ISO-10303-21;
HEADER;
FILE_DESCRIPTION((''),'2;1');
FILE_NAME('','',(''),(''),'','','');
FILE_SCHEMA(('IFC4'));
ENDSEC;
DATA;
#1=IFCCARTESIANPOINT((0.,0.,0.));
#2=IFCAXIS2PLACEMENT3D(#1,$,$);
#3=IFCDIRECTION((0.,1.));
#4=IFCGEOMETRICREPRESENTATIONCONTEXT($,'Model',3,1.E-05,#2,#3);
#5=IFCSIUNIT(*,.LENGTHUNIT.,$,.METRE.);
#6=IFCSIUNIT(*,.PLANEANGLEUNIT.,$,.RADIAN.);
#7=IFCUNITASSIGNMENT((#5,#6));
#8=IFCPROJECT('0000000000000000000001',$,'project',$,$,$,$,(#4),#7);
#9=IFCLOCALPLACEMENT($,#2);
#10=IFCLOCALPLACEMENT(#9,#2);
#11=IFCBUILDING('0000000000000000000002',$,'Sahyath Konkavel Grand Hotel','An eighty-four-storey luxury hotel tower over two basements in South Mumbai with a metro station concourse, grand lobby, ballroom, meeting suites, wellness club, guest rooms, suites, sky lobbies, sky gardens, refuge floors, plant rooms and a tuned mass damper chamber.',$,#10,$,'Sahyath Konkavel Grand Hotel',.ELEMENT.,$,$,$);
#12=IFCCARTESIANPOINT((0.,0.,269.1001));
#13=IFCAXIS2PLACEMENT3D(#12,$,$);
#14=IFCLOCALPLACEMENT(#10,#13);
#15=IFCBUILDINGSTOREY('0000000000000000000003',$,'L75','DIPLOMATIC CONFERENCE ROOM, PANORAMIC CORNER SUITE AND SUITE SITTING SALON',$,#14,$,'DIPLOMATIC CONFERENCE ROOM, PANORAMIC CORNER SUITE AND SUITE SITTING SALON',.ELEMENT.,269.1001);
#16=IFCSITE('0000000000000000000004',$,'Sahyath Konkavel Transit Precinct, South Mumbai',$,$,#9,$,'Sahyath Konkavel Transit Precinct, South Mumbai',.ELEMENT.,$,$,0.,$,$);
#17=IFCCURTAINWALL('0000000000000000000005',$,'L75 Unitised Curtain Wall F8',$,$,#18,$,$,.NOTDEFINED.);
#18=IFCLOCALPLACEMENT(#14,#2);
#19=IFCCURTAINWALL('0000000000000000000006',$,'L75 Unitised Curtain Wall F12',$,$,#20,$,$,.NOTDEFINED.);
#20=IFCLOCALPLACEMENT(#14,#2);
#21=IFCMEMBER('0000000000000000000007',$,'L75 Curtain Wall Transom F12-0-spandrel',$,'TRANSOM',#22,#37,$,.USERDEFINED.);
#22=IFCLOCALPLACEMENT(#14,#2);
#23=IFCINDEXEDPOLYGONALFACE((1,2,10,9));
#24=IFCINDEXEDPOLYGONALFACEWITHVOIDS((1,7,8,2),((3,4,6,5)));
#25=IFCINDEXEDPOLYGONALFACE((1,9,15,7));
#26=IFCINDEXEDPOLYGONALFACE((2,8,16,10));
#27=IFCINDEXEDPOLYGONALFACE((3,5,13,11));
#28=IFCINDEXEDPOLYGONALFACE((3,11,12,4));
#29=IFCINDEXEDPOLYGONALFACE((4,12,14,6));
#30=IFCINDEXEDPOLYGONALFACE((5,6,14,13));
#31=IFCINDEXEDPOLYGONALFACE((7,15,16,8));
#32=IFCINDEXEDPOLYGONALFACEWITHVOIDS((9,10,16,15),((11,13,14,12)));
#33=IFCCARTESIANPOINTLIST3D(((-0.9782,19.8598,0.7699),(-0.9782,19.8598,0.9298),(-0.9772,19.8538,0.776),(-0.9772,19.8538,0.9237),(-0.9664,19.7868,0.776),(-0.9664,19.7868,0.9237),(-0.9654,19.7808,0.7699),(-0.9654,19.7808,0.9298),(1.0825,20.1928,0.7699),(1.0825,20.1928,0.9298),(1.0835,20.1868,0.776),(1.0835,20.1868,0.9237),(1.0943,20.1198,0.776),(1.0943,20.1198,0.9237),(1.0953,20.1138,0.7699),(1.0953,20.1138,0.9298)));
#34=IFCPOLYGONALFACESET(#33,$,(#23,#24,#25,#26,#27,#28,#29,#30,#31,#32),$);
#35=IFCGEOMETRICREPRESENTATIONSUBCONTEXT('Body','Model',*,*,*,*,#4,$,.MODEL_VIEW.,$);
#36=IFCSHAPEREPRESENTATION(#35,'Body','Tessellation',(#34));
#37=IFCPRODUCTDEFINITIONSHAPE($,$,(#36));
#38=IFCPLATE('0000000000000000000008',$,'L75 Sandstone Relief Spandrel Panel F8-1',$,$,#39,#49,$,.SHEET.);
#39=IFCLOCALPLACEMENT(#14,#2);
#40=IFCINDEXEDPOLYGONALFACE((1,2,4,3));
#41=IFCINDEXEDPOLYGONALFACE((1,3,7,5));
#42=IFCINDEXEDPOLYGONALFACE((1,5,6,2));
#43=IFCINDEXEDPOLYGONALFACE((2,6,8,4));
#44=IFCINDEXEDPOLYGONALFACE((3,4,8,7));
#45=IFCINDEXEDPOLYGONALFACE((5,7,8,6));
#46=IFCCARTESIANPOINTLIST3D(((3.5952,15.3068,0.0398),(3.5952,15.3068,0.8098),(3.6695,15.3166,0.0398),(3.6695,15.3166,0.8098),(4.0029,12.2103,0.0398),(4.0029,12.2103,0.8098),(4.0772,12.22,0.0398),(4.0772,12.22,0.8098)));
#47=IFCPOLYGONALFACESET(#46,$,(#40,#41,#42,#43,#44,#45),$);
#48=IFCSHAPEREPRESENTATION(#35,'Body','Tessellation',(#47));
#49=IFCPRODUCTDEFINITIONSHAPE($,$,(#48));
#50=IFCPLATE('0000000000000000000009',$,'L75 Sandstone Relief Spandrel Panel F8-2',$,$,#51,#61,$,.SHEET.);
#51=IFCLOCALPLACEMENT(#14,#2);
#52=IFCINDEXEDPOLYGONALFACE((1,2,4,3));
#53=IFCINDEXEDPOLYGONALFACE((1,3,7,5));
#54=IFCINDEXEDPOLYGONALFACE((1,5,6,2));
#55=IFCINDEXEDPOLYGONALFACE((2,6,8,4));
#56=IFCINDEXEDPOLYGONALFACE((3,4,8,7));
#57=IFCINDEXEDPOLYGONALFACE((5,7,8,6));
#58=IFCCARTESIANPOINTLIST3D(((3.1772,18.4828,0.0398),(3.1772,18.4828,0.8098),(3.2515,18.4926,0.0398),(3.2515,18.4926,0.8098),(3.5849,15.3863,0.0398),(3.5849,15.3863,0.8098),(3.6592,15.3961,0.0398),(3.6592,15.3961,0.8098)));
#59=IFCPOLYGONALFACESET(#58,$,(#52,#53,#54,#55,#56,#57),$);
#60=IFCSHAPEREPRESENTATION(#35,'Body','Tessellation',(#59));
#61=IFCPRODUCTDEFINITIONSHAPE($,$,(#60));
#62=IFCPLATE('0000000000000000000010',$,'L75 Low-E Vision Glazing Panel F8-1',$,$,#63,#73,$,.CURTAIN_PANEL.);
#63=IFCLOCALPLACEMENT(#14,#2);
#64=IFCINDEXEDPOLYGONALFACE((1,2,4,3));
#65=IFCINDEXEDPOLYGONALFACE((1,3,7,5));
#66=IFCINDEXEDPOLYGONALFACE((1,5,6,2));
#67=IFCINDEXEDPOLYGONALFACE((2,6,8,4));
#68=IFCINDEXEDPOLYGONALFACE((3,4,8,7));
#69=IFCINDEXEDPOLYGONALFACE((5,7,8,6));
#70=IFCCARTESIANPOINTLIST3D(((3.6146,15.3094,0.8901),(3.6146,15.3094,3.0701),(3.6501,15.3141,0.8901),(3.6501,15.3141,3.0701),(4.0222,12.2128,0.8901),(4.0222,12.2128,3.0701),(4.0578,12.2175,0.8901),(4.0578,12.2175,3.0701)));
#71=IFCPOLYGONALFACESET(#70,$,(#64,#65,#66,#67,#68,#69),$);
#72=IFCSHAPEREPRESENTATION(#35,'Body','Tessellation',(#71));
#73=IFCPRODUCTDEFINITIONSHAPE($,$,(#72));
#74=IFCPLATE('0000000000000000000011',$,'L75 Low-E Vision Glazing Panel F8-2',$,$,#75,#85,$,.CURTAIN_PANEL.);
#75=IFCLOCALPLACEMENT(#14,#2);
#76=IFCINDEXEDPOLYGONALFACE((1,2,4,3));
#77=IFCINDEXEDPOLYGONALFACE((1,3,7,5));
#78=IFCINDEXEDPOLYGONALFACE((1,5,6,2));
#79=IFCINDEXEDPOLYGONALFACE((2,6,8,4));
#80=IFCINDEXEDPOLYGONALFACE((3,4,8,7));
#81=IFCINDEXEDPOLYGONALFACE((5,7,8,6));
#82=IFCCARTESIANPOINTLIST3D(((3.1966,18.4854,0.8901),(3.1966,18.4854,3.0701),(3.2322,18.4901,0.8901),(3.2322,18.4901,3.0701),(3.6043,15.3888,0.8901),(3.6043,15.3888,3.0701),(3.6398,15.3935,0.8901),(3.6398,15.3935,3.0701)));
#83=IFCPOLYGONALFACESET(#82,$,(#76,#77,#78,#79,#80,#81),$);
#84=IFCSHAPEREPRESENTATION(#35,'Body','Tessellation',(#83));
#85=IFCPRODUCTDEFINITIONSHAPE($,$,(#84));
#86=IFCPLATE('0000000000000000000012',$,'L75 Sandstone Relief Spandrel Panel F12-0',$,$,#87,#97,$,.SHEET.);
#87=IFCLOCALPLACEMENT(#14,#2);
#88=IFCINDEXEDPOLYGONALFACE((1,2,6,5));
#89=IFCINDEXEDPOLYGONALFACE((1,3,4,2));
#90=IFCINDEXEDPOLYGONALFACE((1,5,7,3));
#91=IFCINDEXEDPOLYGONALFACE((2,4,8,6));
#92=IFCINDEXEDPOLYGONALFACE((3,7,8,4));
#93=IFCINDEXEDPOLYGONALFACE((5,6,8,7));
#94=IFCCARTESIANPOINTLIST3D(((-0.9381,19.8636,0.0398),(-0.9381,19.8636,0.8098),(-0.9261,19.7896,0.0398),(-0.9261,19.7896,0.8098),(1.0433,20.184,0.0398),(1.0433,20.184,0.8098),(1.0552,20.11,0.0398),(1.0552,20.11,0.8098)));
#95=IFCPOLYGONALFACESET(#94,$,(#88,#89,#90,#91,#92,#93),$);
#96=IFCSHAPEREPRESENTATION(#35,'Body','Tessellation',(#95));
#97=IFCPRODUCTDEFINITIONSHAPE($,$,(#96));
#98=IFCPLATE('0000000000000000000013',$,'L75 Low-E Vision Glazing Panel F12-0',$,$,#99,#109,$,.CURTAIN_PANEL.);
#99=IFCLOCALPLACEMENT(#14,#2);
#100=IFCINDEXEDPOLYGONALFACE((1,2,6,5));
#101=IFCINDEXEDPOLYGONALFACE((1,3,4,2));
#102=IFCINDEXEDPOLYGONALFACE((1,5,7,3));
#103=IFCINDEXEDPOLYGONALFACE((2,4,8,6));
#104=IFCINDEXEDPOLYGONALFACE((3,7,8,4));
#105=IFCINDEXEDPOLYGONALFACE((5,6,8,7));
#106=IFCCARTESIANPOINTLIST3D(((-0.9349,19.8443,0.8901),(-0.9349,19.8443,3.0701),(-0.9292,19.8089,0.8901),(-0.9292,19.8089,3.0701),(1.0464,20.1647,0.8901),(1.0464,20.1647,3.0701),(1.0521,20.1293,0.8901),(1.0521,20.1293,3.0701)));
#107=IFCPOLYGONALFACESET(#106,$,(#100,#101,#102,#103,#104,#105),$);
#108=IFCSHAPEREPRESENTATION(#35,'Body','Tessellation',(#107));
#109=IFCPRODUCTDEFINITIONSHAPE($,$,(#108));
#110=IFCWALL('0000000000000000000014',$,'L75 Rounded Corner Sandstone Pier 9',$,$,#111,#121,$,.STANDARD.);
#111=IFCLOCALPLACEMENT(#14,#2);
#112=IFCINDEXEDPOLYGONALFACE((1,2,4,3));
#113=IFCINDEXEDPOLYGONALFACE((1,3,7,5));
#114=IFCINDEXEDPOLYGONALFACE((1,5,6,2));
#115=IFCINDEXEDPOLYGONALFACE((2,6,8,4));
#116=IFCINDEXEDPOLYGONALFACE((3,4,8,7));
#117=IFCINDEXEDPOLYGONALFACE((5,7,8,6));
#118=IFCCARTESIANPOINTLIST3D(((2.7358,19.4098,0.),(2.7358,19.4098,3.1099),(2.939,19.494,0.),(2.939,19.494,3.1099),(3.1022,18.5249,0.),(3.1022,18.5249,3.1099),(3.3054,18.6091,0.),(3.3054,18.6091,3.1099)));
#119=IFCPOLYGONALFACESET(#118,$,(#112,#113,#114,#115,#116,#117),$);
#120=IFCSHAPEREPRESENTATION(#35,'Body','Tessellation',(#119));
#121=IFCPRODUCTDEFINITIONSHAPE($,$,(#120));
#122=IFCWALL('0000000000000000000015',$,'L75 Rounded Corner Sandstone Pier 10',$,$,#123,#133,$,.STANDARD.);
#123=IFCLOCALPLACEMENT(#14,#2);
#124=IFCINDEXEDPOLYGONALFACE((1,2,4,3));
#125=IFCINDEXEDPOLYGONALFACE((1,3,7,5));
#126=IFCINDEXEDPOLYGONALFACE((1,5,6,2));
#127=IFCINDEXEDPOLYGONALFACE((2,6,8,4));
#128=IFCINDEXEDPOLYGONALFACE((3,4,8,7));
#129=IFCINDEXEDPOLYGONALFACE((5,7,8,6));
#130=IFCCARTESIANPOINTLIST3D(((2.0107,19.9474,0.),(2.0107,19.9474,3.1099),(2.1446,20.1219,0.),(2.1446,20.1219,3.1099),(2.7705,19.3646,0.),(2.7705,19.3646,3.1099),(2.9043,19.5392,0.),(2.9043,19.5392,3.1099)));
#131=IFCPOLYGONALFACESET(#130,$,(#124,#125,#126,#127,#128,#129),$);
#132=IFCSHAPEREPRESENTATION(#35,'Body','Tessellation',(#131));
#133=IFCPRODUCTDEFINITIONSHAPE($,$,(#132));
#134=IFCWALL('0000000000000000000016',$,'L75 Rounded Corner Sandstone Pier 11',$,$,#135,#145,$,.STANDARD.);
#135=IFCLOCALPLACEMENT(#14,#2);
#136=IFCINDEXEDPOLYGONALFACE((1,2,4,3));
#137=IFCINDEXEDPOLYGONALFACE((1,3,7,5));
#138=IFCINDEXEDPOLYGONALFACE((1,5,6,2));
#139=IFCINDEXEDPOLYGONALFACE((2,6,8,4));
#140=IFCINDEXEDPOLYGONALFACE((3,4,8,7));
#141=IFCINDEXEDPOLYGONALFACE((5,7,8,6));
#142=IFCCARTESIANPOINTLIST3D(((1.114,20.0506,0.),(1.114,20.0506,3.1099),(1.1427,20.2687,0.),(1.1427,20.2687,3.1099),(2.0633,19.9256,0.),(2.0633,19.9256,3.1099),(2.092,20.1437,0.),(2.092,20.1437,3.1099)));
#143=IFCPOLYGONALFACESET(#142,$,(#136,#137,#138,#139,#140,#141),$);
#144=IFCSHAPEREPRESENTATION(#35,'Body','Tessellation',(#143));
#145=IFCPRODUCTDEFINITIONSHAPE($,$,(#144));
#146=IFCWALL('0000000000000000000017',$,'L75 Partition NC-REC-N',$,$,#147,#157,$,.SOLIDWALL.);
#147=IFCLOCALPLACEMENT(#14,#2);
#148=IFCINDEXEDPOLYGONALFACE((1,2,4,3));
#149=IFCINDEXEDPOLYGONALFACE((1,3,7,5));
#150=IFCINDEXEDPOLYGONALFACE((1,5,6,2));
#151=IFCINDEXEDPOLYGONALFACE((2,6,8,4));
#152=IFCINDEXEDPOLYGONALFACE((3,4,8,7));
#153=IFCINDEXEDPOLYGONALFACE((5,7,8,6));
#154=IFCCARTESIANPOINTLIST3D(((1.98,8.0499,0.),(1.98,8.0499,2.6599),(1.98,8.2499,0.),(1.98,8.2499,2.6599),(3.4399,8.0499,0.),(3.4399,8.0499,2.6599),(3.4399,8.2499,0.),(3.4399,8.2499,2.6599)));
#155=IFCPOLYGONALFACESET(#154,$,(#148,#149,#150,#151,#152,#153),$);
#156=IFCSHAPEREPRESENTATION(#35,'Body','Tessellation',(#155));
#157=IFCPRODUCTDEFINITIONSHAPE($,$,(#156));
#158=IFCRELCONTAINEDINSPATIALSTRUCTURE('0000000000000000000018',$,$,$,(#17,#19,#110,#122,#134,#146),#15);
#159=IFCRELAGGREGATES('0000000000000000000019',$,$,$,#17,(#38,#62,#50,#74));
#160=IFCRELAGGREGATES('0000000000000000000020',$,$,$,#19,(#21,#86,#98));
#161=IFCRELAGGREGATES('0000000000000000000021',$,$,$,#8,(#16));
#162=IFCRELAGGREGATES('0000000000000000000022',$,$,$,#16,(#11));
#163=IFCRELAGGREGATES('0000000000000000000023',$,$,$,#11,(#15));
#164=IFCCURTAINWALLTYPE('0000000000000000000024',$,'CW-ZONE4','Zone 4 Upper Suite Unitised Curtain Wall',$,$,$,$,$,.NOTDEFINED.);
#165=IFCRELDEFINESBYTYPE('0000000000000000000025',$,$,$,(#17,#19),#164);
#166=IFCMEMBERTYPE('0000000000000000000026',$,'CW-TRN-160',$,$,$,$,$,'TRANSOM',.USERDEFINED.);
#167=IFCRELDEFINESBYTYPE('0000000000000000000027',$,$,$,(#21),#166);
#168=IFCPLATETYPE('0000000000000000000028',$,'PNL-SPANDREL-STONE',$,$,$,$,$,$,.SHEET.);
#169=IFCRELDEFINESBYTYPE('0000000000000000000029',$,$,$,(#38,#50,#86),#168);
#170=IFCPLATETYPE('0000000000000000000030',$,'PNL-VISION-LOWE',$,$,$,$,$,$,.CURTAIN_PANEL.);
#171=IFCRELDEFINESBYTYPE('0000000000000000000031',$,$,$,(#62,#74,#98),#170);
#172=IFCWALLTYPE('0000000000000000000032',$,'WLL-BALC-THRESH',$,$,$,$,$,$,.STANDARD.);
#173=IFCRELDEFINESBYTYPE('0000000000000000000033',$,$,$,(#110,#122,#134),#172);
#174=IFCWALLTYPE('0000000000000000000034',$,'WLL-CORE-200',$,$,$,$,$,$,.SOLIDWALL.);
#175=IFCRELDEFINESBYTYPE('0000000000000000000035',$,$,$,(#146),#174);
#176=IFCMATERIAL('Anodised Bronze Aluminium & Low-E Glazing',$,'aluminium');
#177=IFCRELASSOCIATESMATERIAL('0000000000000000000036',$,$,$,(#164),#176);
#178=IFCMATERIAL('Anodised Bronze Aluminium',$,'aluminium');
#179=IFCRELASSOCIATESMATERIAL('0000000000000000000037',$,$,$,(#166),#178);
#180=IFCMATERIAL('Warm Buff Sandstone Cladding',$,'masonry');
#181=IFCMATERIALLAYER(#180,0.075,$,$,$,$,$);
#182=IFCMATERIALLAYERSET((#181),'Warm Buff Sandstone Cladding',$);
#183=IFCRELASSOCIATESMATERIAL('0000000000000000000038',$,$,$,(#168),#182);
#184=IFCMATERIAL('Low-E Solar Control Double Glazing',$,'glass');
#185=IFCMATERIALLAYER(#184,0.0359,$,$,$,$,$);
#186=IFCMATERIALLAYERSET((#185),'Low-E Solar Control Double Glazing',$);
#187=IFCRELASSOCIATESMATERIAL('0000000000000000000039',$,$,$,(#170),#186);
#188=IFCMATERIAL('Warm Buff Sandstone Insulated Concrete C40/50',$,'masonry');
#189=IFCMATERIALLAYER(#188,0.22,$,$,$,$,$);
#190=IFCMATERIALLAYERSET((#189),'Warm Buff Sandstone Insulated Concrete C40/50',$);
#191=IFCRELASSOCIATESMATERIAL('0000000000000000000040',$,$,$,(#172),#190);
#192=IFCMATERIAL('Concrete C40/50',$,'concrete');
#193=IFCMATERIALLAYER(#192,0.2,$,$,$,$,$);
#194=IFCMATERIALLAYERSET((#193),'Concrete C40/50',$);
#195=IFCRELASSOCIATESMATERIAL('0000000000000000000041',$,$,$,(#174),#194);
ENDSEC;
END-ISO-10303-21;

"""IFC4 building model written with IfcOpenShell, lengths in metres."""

from ifc_helpers import new_model, si_unit, direction, frame, frame_2d, origin, origin_2d, place, context, subcontext, project, spatial, rectangle, hollow_rectangle, extrude, source, transform, mapped, material, layer, layer_set, material_profile, profile_set, type_object, element, aggregate, save


model = new_model("IFC4")

# Units and contexts
model_context = context("Model", 3, precision=1e-05, world=origin(), true_north=direction((0.0, 1.0)))
body_context = subcontext(model_context, "Body", "Model", "MODEL_VIEW")
ifc_project = project(units=[si_unit("LENGTHUNIT", "METRE"), si_unit("PLANEANGLEUNIT", "RADIAN")], contexts=[model_context])

# Site, building, storey
site_placement = place(None, origin())
site = spatial("IfcSite", under=ifc_project, at=site_placement, Name="Sahyath Konkavel Transit Precinct, South Mumbai", LongName="Sahyath Konkavel Transit Precinct, South Mumbai", CompositionType="ELEMENT", RefElevation=0.0)
building_placement = place(site_placement, origin())
building = spatial("IfcBuilding", under=site, at=building_placement, Name="Sahyath Konkavel Grand Hotel", Description="An eighty-four-storey luxury hotel tower over two basements in South Mumbai with a metro station concourse, grand lobby, ballroom, meeting suites, wellness club, guest rooms, suites, sky lobbies, sky gardens, refuge floors, plant rooms and a tuned mass damper chamber.", LongName="Sahyath Konkavel Grand Hotel", CompositionType="ELEMENT")
storey_placement = place(building_placement, frame((0.0, 0.0, 269.1001)))
storey = spatial("IfcBuildingStorey", under=building, at=storey_placement, Name="L75", Description="DIPLOMATIC CONFERENCE ROOM, PANORAMIC CORNER SUITE AND SUITE SITTING SALON", LongName="DIPLOMATIC CONFERENCE ROOM, PANORAMIC CORNER SUITE AND SUITE SITTING SALON", CompositionType="ELEMENT", Elevation=269.1001)

# Shared definitions
ifc_material_1 = material(Name="Concrete C40/50", Category="concrete")

# Curtain wall
ifc_material_2 = material(Name="Anodised Bronze Aluminium & Low-E Glazing", Category="aluminium")
curtain_wall_type = type_object("IfcCurtainWallType", Name="CW-ZONE4", Description="Zone 4 Upper Suite Unitised Curtain Wall", PredefinedType="NOTDEFINED", material=ifc_material_2)
curtain_wall_1_placement = place(storey_placement, origin())
curtain_wall_1 = element("IfcCurtainWall", 1, at=curtain_wall_1_placement, inside=storey, type_object=curtain_wall_type, Name="L75 Unitised Curtain Wall F8", PredefinedType="NOTDEFINED")
ifc_material_3 = material(Name="Anodised Bronze Aluminium", Category="aluminium")

# Curtain wall
curtain_wall_2_placement = place(storey_placement, origin())
curtain_wall_2 = element("IfcCurtainWall", 2, at=curtain_wall_2_placement, inside=storey, type_object=curtain_wall_type, Name="L75 Unitised Curtain Wall F12", PredefinedType="NOTDEFINED")

# Member
ifc_material_profile_1 = material_profile(ifc_material_3, hollow_rectangle(XDim=0.0801, YDim=0.1599, WallThickness=0.0061, at=origin_2d()), Name="RHS 160x80x6")
ifc_profile_set_1 = profile_set([ifc_material_profile_1], Name="Anodised Bronze Aluminium")
member_type_1 = type_object("IfcMemberType", Name="CW-TRN-160", ElementType="TRANSOM", PredefinedType="USERDEFINED", material=ifc_profile_set_1)
shared_shape_1 = source(origin(), body_context, "Body", "SweptSolid", [
    extrude(hollow_rectangle(XDim=0.0801, YDim=0.1599, WallThickness=0.0061, at=origin_2d()), origin(), (0.0, 0.0, 1.0), 2.0874),
])
member_1_placement = place(storey_placement, frame((1.0889, 20.1533, 0.8499), z_axis=(-0.987191, -0.159541, 0.0), x_axis=(0.159541, -0.987191, 0.0)))
member_1 = element("IfcMember", 3, at=member_1_placement, type_object=member_type_1, Name="L75 Curtain Wall Transom F12-0-spandrel", ObjectType="TRANSOM", PredefinedType="USERDEFINED", context=body_context, shape_type="MappedRepresentation", body=[
    mapped(shared_shape_1, transform((0.0, 0.0, 0.0), scale=1.0)),
])

# Plates
ifc_material_4 = material(Name="Warm Buff Sandstone Cladding", Category="masonry")
ifc_layer_1 = layer(ifc_material_4, 0.075)
ifc_layer_set_1 = layer_set([ifc_layer_1], Name="Warm Buff Sandstone Cladding")
plate_type_1 = type_object("IfcPlateType", Name="PNL-SPANDREL-STONE", PredefinedType="SHEET", material=ifc_layer_set_1)
shared_shape_2 = source(origin(), body_context, "Body", "SweptSolid", [
    extrude(rectangle(XDim=3.1233, YDim=0.075, at=origin_2d()), origin(), (0.0, 0.0, 1.0), 0.77),
])
plate_1_placement = place(storey_placement, frame((3.8362, 13.7634, 0.0398), z_axis=(0.0, 0.0, 1.0), x_axis=(-0.130526, 0.991445, 0.0)))
plate_1 = element("IfcPlate", 4, at=plate_1_placement, type_object=plate_type_1, Name="L75 Sandstone Relief Spandrel Panel F8-1", PredefinedType="SHEET", context=body_context, shape_type="MappedRepresentation", body=[
    mapped(shared_shape_2, transform((0.0, 0.0, 0.0), scale=1.0)),
])
plate_2_placement = place(storey_placement, frame((3.4182, 16.9395, 0.0398), z_axis=(0.0, 0.0, 1.0), x_axis=(-0.130526, 0.991445, 0.0)))
plate_2 = element("IfcPlate", 5, at=plate_2_placement, type_object=plate_type_1, Name="L75 Sandstone Relief Spandrel Panel F8-2", PredefinedType="SHEET", context=body_context, shape_type="MappedRepresentation", body=[
    mapped(shared_shape_2, transform((0.0, 0.0, 0.0), scale=1.0)),
])
ifc_material_5 = material(Name="Low-E Solar Control Double Glazing", Category="glass")
ifc_layer_2 = layer(ifc_material_5, 0.0359)
ifc_layer_set_2 = layer_set([ifc_layer_2], Name="Low-E Solar Control Double Glazing")
plate_type_2 = type_object("IfcPlateType", Name="PNL-VISION-LOWE", PredefinedType="CURTAIN_PANEL", material=ifc_layer_set_2)
shared_shape_3 = source(origin(), body_context, "Body", "SweptSolid", [
    extrude(rectangle(XDim=3.1233, YDim=0.0359, at=origin_2d()), origin(), (0.0, 0.0, 1.0), 2.1799),
])
plate_3_placement = place(storey_placement, frame((3.8362, 13.7634, 0.8901), z_axis=(0.0, 0.0, 1.0), x_axis=(-0.130526, 0.991445, 0.0)))
plate_3 = element("IfcPlate", 6, at=plate_3_placement, type_object=plate_type_2, Name="L75 Low-E Vision Glazing Panel F8-1", PredefinedType="CURTAIN_PANEL", context=body_context, shape_type="MappedRepresentation", body=[
    mapped(shared_shape_3, transform((0.0, 0.0, 0.0), scale=1.0)),
])
plate_4_placement = place(storey_placement, frame((3.4182, 16.9395, 0.8901), z_axis=(0.0, 0.0, 1.0), x_axis=(-0.130526, 0.991445, 0.0)))
plate_4 = element("IfcPlate", 7, at=plate_4_placement, type_object=plate_type_2, Name="L75 Low-E Vision Glazing Panel F8-2", PredefinedType="CURTAIN_PANEL", context=body_context, shape_type="MappedRepresentation", body=[
    mapped(shared_shape_3, transform((0.0, 0.0, 0.0), scale=1.0)),
])
aggregate(curtain_wall_1, [plate_1, plate_3, plate_2, plate_4])
shared_shape_4 = source(origin(), body_context, "Body", "SweptSolid", [
    extrude(rectangle(XDim=2.0071, YDim=0.075, at=origin_2d()), origin(), (0.0, 0.0, 1.0), 0.77),
])
plate_5_placement = place(storey_placement, frame((0.0586, 19.9868, 0.0398), z_axis=(0.0, 0.0, 1.0), x_axis=(-0.987178, -0.159623, 0.0)))
plate_5 = element("IfcPlate", 8, at=plate_5_placement, type_object=plate_type_1, Name="L75 Sandstone Relief Spandrel Panel F12-0", PredefinedType="SHEET", context=body_context, shape_type="MappedRepresentation", body=[
    mapped(shared_shape_4, transform((0.0, 0.0, 0.0), scale=1.0)),
])
shared_shape_5 = source(origin(), body_context, "Body", "SweptSolid", [
    extrude(rectangle(XDim=2.0071, YDim=0.0359, at=origin_2d()), origin(), (0.0, 0.0, 1.0), 2.1799),
])
plate_6_placement = place(storey_placement, frame((0.0586, 19.9868, 0.8901), z_axis=(0.0, 0.0, 1.0), x_axis=(-0.987178, -0.159623, 0.0)))
plate_6 = element("IfcPlate", 9, at=plate_6_placement, type_object=plate_type_2, Name="L75 Low-E Vision Glazing Panel F12-0", PredefinedType="CURTAIN_PANEL", context=body_context, shape_type="MappedRepresentation", body=[
    mapped(shared_shape_5, transform((0.0, 0.0, 0.0), scale=1.0)),
])
aggregate(curtain_wall_2, [member_1, plate_5, plate_6])

# Walls
ifc_material_6 = material(Name="Warm Buff Sandstone Insulated Concrete C40/50", Category="masonry")
ifc_layer_3 = layer(ifc_material_6, 0.22)
ifc_layer_set_3 = layer_set([ifc_layer_3], Name="Warm Buff Sandstone Insulated Concrete C40/50")
wall_type_1 = type_object("IfcWallType", Name="WLL-BALC-THRESH", PredefinedType="STANDARD", material=ifc_layer_set_3)
wall_1_placement = place(storey_placement, frame((3.2039, 18.5669, 0.0), z_axis=(0.0, 0.0, 1.0), x_axis=(-0.382569, 0.923927, 0.0)))
element("IfcWall", 10, at=wall_1_placement, inside=storey, type_object=wall_type_1, Name="L75 Rounded Corner Sandstone Pier 9", PredefinedType="STANDARD", context=body_context, shape_type="SweptSolid", body=[
    extrude(rectangle(XDim=0.9578, YDim=0.22, at=frame_2d((0.479, 0.0))), origin(), (0.0, 0.0, 1.0), 3.1099),
])
for number, where, z_axis, x_axis, name in (
    (11, (2.8374, 19.4519, 0.0), (0.0, 0.0, 1.0), (-0.793467, 0.608614, 0.0), "L75 Rounded Corner Sandstone Pier 10"),
    (12, (2.0776, 20.0347, 0.0), (0.0, 0.0, 1.0), (-0.99144, 0.13056, 0.0), "L75 Rounded Corner Sandstone Pier 11"),
):
    element("IfcWall", number, at=place(storey_placement, frame(where, z_axis=z_axis, x_axis=x_axis)), inside=storey, type_object=wall_type_1, Name=name, PredefinedType="STANDARD", context=body_context, shape_type="SweptSolid", body=[
        extrude(rectangle(XDim=0.9575, YDim=0.22, at=frame_2d((0.4788, 0.0))), origin(), (0.0, 0.0, 1.0), 3.1099),
    ])
ifc_layer_4 = layer(ifc_material_1, 0.2)
ifc_layer_set_4 = layer_set([ifc_layer_4], Name="Concrete C40/50")
wall_type_2 = type_object("IfcWallType", Name="WLL-CORE-200", PredefinedType="SOLIDWALL", material=ifc_layer_set_4)
wall_2_placement = place(storey_placement, frame((1.98, 8.1499, 0.0), z_axis=(0.0, 0.0, 1.0), x_axis=(1.0, 0.0, 0.0)))
element("IfcWall", 13, at=wall_2_placement, inside=storey, type_object=wall_type_2, Name="L75 Partition NC-REC-N", PredefinedType="SOLIDWALL", context=body_context, shape_type="SweptSolid", body=[
    extrude(rectangle(XDim=1.46, YDim=0.2, at=frame_2d((0.73, 0.0))), origin(), (0.0, 0.0, 1.0), 2.6599),
])

save(model, "model.ifc")
